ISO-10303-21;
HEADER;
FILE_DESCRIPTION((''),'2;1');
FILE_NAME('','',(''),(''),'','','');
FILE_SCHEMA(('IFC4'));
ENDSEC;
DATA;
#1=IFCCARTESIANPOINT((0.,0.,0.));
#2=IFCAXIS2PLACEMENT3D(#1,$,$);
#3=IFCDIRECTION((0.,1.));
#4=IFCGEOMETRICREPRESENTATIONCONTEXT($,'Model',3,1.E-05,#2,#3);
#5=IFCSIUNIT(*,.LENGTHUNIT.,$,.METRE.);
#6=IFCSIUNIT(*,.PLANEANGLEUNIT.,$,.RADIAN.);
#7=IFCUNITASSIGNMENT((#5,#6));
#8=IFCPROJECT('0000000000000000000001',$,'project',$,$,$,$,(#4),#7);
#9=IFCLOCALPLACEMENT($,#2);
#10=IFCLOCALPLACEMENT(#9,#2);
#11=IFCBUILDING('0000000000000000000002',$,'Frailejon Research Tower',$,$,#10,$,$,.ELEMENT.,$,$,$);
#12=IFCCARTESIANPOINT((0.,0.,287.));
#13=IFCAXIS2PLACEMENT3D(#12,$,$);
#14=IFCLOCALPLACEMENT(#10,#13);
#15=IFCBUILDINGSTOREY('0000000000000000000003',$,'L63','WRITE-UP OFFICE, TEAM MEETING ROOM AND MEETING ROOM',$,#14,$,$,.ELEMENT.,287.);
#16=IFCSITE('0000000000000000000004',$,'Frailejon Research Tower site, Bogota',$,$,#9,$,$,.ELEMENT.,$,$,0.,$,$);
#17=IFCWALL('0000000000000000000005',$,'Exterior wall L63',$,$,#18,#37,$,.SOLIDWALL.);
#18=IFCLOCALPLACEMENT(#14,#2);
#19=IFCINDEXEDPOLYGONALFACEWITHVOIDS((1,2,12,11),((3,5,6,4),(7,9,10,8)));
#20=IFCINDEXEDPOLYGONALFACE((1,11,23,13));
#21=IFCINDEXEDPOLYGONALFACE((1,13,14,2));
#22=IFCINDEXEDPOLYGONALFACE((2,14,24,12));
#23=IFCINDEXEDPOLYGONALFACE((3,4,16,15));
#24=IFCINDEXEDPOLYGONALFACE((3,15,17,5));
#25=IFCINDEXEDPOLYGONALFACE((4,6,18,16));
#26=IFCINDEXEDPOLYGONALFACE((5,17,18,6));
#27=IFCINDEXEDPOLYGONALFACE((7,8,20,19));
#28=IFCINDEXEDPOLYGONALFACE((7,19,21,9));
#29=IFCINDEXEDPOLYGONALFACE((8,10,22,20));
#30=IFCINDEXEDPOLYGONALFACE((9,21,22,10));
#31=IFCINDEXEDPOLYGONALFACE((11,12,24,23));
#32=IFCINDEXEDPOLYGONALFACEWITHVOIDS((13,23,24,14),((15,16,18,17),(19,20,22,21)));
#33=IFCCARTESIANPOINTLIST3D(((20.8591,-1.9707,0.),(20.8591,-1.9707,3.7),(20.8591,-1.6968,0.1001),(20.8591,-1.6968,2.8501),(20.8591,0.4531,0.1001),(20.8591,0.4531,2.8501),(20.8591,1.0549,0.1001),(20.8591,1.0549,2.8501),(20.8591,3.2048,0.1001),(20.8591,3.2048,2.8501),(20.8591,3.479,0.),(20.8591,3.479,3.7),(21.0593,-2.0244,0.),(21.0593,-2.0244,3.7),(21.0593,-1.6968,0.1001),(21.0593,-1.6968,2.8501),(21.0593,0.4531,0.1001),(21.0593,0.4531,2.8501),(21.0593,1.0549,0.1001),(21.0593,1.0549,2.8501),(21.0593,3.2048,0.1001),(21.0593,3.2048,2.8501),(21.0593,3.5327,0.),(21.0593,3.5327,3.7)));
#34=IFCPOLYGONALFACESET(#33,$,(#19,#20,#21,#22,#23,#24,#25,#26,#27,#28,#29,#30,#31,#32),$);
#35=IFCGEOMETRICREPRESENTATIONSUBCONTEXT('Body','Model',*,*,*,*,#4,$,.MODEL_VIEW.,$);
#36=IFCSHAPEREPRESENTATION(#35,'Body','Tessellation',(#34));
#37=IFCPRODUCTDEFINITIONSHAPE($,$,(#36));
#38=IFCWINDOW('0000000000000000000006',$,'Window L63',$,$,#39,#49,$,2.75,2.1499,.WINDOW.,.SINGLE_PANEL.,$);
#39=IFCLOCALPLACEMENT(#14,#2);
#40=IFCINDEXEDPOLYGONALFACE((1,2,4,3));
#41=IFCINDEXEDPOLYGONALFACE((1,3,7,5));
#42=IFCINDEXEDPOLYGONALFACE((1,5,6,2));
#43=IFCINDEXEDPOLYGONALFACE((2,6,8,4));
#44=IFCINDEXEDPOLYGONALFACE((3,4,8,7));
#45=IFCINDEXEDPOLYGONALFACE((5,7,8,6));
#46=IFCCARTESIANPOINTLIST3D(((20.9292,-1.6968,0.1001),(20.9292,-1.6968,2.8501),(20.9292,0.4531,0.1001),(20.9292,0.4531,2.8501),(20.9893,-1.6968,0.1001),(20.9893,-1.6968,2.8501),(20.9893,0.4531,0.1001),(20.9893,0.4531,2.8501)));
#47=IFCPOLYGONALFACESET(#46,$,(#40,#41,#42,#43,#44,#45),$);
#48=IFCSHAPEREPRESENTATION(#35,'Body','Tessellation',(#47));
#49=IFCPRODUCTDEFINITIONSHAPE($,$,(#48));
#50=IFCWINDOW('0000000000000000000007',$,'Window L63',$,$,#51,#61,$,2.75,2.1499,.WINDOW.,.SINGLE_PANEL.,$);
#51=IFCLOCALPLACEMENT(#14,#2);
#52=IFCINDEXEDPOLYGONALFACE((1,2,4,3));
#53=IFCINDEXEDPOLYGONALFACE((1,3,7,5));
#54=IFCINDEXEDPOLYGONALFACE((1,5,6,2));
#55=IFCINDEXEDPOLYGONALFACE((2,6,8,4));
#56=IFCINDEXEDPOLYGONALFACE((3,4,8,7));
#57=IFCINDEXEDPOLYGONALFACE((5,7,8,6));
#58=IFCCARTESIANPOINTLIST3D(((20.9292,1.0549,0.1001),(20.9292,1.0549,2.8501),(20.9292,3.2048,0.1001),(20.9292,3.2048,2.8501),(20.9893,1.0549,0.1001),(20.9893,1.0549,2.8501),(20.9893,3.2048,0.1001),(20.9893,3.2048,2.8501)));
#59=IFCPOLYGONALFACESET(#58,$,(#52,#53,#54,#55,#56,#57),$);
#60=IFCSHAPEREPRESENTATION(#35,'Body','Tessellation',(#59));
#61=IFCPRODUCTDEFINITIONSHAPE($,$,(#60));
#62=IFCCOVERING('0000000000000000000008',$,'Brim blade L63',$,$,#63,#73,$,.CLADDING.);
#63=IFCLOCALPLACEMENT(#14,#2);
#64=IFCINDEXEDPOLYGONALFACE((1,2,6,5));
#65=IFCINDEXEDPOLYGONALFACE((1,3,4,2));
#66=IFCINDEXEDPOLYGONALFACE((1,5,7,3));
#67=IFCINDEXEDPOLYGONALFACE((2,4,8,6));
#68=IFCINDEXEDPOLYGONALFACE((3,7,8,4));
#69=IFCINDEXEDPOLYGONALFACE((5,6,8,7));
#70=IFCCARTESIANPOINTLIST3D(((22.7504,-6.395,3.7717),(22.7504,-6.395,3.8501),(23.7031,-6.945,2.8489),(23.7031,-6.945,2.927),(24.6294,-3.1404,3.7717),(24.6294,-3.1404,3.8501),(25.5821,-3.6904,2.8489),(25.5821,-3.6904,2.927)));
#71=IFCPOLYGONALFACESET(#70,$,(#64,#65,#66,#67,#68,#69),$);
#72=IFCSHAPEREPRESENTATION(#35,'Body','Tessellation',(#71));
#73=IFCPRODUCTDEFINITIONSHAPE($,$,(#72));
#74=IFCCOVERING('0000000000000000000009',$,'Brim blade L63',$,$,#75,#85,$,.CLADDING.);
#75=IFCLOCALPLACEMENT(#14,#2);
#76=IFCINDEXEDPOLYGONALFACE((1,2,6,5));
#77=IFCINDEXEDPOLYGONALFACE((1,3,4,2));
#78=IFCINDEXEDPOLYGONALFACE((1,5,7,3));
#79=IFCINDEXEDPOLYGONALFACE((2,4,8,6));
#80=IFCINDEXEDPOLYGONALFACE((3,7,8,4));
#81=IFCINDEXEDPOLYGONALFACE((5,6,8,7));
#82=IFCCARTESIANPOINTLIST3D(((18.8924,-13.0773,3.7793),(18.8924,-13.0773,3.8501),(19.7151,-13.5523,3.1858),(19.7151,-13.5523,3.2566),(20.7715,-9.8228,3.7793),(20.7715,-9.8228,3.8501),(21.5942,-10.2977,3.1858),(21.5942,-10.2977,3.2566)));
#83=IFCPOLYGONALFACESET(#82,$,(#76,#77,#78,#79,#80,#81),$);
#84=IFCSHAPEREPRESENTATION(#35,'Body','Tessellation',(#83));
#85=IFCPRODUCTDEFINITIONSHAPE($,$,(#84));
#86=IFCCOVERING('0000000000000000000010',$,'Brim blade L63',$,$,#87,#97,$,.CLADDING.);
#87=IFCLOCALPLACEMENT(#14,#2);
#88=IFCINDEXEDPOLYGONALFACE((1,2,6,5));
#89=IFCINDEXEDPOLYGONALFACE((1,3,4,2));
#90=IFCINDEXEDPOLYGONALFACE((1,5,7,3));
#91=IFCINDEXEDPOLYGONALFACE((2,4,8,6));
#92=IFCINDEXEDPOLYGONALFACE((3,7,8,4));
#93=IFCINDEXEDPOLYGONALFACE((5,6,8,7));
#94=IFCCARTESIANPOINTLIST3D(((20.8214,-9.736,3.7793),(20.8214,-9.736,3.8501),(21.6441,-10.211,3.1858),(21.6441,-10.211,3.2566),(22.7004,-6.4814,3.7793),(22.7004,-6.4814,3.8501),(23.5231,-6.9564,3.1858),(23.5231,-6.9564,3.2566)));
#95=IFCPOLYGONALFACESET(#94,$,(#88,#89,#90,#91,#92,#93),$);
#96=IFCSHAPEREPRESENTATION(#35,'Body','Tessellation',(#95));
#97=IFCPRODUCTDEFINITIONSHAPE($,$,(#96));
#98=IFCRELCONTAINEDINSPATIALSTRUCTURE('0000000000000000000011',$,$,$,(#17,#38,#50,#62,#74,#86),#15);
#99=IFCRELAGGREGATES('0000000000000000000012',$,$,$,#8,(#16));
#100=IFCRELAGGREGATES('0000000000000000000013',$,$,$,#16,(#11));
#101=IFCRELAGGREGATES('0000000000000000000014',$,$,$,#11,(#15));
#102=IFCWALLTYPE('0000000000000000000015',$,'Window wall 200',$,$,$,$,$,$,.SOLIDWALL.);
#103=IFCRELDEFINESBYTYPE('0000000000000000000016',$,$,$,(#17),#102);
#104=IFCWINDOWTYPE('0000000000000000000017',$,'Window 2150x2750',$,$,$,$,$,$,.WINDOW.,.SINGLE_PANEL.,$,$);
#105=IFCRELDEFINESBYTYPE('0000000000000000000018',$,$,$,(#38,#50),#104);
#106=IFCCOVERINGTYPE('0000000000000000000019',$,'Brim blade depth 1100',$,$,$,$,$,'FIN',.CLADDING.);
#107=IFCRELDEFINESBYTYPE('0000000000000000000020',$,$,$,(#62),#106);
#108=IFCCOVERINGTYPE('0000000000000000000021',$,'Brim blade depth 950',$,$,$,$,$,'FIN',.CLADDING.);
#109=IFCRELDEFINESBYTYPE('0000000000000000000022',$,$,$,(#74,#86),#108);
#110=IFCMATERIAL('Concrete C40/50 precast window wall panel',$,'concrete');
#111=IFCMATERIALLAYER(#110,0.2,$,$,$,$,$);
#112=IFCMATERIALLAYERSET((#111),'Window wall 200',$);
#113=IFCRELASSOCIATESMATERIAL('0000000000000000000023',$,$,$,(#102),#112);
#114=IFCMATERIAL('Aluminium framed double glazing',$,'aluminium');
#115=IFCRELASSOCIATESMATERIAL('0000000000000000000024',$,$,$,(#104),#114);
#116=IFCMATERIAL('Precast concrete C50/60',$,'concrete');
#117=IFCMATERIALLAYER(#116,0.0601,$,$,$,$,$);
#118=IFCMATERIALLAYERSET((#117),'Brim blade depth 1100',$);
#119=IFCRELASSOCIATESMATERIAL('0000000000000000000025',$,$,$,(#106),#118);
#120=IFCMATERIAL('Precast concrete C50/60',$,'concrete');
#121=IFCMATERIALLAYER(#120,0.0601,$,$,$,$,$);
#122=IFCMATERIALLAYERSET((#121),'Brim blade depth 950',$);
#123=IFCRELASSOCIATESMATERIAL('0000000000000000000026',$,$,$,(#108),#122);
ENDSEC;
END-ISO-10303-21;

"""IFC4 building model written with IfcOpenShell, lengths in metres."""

from ifc_helpers import new_model, si_unit, direction, frame, frame_2d, origin, place, context, subcontext, project, spatial, polyline, rectangle, outline, extrude, material, layer, layer_set, type_object, element, fill, save


model = new_model("IFC4")

# Units and contexts
model_context = context("Model", 3, precision=1e-05, world=origin(), true_north=direction((0.0, 1.0)))
body_context = subcontext(model_context, "Body", "Model", "MODEL_VIEW")
ifc_project = project(units=[si_unit("LENGTHUNIT", "METRE"), si_unit("PLANEANGLEUNIT", "RADIAN")], contexts=[model_context])

# Site, building, storey
site_placement = place(None, origin())
site = spatial("IfcSite", under=ifc_project, at=site_placement, Name="Frailejon Research Tower site, Bogota", CompositionType="ELEMENT", RefElevation=0.0)
building_placement = place(site_placement, origin())
building = spatial("IfcBuilding", under=site, at=building_placement, Name="Frailejon Research Tower", CompositionType="ELEMENT")
storey_placement = place(building_placement, frame((0.0, 0.0, 287.0)))
storey = spatial("IfcBuildingStorey", under=building, at=storey_placement, Name="L63", Description="WRITE-UP OFFICE, TEAM MEETING ROOM AND MEETING ROOM", CompositionType="ELEMENT", Elevation=287.0)

# Wall, openings, windows
ifc_material_1 = material(Name="Concrete C40/50 precast window wall panel", Category="concrete")
ifc_layer_1 = layer(ifc_material_1, 0.2)
ifc_layer_set_1 = layer_set([ifc_layer_1], Name="Window wall 200")
wall_type = type_object("IfcWallType", Name="Window wall 200", PredefinedType="SOLIDWALL", material=ifc_layer_set_1)
wall_placement = place(storey_placement, frame((20.9592, -1.9976, 0.0), z_axis=(0.0, 0.0, 1.0), x_axis=(0.0, 1.0, 0.0)))
wall = element("IfcWall", 1, at=wall_placement, inside=storey, type_object=wall_type, Name="Exterior wall L63", PredefinedType="SOLIDWALL", context=body_context, shape_type="SweptSolid", body=[
    extrude(outline(polyline([(-0.0269, -0.1001), (1.0845, -0.1001), (2.196, -0.1001), (3.3074, -0.1001), (4.4189, -0.1001), (5.5303, -0.1001), (5.4766, 0.1001), (4.3867, 0.1001), (3.2966, 0.1001), (2.2068, 0.1001), (1.1167, 0.1001), (0.0269, 0.1001), (-0.0269, -0.1001)])), origin(), (0.0, 0.0, 1.0), 3.7),
])
opening_1_placement = place(wall_placement, frame((0.3008, 0.0, 0.1001)))
opening_1 = element("IfcOpeningElement", 2, at=opening_1_placement, cuts=wall, PredefinedType="OPENING", context=body_context, shape_type="SweptSolid", body=[
    extrude(rectangle(XDim=2.1499, YDim=2.75, at=frame_2d((1.075, 1.375))), frame((0.0, 0.1099, 0.0), z_axis=(0.0, -1.0, 0.0), x_axis=(1.0, 0.0, 0.0)), (0.0, 0.0, 1.0), 0.22),
])
opening_2_placement = place(wall_placement, frame((3.0525, 0.0, 0.1001)))
opening_2 = element("IfcOpeningElement", 3, at=opening_2_placement, cuts=wall, PredefinedType="OPENING", context=body_context, shape_type="SweptSolid", body=[
    extrude(rectangle(XDim=2.1499, YDim=2.75, at=frame_2d((1.075, 1.375))), frame((0.0, 0.1099, 0.0), z_axis=(0.0, -1.0, 0.0), x_axis=(1.0, 0.0, 0.0)), (0.0, 0.0, 1.0), 0.22),
])
ifc_material_2 = material(Name="Aluminium framed double glazing", Category="aluminium")
window_type = type_object("IfcWindowType", Name="Window 2150x2750", PartitioningType="SINGLE_PANEL", PredefinedType="WINDOW", material=ifc_material_2)
window_1_placement = place(opening_1_placement, origin())
window_1 = element("IfcWindow", 4, at=window_1_placement, inside=storey, type_object=window_type, Name="Window L63", OverallHeight=2.75, OverallWidth=2.1499, PartitioningType="SINGLE_PANEL", PredefinedType="WINDOW", context=body_context, shape_type="SweptSolid", body=[
    extrude(rectangle(XDim=2.1499, YDim=2.75, at=frame_2d((1.075, 1.375))), frame((0.0, 0.03, 0.0), z_axis=(0.0, -1.0, 0.0), x_axis=(1.0, 0.0, 0.0)), (0.0, 0.0, 1.0), 0.0601),
])
fill(opening_1, window_1)
window_2_placement = place(opening_2_placement, origin())
window_2 = element("IfcWindow", 5, at=window_2_placement, inside=storey, type_object=window_type, Name="Window L63", OverallHeight=2.75, OverallWidth=2.1499, PartitioningType="SINGLE_PANEL", PredefinedType="WINDOW", context=body_context, shape_type="SweptSolid", body=[
    extrude(rectangle(XDim=2.1499, YDim=2.75, at=frame_2d((1.075, 1.375))), frame((0.0, 0.03, 0.0), z_axis=(0.0, -1.0, 0.0), x_axis=(1.0, 0.0, 0.0)), (0.0, 0.0, 1.0), 0.0601),
])
fill(opening_2, window_2)

# Coverings
ifc_material_3 = material(Name="Precast concrete C50/60", Category="concrete")
ifc_layer_2 = layer(ifc_material_3, 0.0601)
ifc_layer_set_2 = layer_set([ifc_layer_2], Name="Brim blade depth 1100")
covering_type_1 = type_object("IfcCoveringType", Name="Brim blade depth 1100", ElementType="FIN", PredefinedType="CLADDING", material=ifc_layer_set_2)
covering_placement = place(storey_placement, frame((24.6294, -3.1404, 3.8501), z_axis=(-0.499992, -0.86603, 0.0), x_axis=(0.86603, -0.499992, 0.0)))
element("IfcCovering", 6, at=covering_placement, inside=storey, type_object=covering_type_1, Name="Brim blade L63", PredefinedType="CLADDING", context=body_context, shape_type="SweptSolid", body=[
    extrude(outline(polyline([(0.0, -0.0784), (1.1001, -1.0012), (1.1001, -0.9231), (0.0, 0.0), (0.0, -0.0784)])), origin(), (0.0, 0.0, 1.0), 3.7581),
])
ifc_material_4 = material(Name="Precast concrete C50/60", Category="concrete")
ifc_layer_3 = layer(ifc_material_4, 0.0601)
ifc_layer_set_3 = layer_set([ifc_layer_3], Name="Brim blade depth 950")
covering_type_2 = type_object("IfcCoveringType", Name="Brim blade depth 950", ElementType="FIN", PredefinedType="CLADDING", material=ifc_layer_set_3)
for number, where, z_axis, x_axis, name in (
    (7, (20.7715, -9.8228, 3.8501), (-0.500011, -0.866019, 0.0), (0.866019, -0.500011, 0.0), "Brim blade L63"),
    (8, (22.7004, -6.4814, 3.8501), (-0.499992, -0.86603, 0.0), (0.86603, -0.499992, 0.0), "Brim blade L63"),
):
    element("IfcCovering", number, at=place(storey_placement, frame(where, z_axis=z_axis, x_axis=x_axis)), inside=storey, type_object=covering_type_2, Name=name, PredefinedType="CLADDING", context=body_context, shape_type="SweptSolid", body=[
        extrude(outline(polyline([(0.0, -0.0708), (0.95, -0.6643), (0.95, -0.5935), (0.0, 0.0), (0.0, -0.0708)])), origin(), (0.0, 0.0, 1.0), 3.7581),
    ])

save(model, "model.ifc")
